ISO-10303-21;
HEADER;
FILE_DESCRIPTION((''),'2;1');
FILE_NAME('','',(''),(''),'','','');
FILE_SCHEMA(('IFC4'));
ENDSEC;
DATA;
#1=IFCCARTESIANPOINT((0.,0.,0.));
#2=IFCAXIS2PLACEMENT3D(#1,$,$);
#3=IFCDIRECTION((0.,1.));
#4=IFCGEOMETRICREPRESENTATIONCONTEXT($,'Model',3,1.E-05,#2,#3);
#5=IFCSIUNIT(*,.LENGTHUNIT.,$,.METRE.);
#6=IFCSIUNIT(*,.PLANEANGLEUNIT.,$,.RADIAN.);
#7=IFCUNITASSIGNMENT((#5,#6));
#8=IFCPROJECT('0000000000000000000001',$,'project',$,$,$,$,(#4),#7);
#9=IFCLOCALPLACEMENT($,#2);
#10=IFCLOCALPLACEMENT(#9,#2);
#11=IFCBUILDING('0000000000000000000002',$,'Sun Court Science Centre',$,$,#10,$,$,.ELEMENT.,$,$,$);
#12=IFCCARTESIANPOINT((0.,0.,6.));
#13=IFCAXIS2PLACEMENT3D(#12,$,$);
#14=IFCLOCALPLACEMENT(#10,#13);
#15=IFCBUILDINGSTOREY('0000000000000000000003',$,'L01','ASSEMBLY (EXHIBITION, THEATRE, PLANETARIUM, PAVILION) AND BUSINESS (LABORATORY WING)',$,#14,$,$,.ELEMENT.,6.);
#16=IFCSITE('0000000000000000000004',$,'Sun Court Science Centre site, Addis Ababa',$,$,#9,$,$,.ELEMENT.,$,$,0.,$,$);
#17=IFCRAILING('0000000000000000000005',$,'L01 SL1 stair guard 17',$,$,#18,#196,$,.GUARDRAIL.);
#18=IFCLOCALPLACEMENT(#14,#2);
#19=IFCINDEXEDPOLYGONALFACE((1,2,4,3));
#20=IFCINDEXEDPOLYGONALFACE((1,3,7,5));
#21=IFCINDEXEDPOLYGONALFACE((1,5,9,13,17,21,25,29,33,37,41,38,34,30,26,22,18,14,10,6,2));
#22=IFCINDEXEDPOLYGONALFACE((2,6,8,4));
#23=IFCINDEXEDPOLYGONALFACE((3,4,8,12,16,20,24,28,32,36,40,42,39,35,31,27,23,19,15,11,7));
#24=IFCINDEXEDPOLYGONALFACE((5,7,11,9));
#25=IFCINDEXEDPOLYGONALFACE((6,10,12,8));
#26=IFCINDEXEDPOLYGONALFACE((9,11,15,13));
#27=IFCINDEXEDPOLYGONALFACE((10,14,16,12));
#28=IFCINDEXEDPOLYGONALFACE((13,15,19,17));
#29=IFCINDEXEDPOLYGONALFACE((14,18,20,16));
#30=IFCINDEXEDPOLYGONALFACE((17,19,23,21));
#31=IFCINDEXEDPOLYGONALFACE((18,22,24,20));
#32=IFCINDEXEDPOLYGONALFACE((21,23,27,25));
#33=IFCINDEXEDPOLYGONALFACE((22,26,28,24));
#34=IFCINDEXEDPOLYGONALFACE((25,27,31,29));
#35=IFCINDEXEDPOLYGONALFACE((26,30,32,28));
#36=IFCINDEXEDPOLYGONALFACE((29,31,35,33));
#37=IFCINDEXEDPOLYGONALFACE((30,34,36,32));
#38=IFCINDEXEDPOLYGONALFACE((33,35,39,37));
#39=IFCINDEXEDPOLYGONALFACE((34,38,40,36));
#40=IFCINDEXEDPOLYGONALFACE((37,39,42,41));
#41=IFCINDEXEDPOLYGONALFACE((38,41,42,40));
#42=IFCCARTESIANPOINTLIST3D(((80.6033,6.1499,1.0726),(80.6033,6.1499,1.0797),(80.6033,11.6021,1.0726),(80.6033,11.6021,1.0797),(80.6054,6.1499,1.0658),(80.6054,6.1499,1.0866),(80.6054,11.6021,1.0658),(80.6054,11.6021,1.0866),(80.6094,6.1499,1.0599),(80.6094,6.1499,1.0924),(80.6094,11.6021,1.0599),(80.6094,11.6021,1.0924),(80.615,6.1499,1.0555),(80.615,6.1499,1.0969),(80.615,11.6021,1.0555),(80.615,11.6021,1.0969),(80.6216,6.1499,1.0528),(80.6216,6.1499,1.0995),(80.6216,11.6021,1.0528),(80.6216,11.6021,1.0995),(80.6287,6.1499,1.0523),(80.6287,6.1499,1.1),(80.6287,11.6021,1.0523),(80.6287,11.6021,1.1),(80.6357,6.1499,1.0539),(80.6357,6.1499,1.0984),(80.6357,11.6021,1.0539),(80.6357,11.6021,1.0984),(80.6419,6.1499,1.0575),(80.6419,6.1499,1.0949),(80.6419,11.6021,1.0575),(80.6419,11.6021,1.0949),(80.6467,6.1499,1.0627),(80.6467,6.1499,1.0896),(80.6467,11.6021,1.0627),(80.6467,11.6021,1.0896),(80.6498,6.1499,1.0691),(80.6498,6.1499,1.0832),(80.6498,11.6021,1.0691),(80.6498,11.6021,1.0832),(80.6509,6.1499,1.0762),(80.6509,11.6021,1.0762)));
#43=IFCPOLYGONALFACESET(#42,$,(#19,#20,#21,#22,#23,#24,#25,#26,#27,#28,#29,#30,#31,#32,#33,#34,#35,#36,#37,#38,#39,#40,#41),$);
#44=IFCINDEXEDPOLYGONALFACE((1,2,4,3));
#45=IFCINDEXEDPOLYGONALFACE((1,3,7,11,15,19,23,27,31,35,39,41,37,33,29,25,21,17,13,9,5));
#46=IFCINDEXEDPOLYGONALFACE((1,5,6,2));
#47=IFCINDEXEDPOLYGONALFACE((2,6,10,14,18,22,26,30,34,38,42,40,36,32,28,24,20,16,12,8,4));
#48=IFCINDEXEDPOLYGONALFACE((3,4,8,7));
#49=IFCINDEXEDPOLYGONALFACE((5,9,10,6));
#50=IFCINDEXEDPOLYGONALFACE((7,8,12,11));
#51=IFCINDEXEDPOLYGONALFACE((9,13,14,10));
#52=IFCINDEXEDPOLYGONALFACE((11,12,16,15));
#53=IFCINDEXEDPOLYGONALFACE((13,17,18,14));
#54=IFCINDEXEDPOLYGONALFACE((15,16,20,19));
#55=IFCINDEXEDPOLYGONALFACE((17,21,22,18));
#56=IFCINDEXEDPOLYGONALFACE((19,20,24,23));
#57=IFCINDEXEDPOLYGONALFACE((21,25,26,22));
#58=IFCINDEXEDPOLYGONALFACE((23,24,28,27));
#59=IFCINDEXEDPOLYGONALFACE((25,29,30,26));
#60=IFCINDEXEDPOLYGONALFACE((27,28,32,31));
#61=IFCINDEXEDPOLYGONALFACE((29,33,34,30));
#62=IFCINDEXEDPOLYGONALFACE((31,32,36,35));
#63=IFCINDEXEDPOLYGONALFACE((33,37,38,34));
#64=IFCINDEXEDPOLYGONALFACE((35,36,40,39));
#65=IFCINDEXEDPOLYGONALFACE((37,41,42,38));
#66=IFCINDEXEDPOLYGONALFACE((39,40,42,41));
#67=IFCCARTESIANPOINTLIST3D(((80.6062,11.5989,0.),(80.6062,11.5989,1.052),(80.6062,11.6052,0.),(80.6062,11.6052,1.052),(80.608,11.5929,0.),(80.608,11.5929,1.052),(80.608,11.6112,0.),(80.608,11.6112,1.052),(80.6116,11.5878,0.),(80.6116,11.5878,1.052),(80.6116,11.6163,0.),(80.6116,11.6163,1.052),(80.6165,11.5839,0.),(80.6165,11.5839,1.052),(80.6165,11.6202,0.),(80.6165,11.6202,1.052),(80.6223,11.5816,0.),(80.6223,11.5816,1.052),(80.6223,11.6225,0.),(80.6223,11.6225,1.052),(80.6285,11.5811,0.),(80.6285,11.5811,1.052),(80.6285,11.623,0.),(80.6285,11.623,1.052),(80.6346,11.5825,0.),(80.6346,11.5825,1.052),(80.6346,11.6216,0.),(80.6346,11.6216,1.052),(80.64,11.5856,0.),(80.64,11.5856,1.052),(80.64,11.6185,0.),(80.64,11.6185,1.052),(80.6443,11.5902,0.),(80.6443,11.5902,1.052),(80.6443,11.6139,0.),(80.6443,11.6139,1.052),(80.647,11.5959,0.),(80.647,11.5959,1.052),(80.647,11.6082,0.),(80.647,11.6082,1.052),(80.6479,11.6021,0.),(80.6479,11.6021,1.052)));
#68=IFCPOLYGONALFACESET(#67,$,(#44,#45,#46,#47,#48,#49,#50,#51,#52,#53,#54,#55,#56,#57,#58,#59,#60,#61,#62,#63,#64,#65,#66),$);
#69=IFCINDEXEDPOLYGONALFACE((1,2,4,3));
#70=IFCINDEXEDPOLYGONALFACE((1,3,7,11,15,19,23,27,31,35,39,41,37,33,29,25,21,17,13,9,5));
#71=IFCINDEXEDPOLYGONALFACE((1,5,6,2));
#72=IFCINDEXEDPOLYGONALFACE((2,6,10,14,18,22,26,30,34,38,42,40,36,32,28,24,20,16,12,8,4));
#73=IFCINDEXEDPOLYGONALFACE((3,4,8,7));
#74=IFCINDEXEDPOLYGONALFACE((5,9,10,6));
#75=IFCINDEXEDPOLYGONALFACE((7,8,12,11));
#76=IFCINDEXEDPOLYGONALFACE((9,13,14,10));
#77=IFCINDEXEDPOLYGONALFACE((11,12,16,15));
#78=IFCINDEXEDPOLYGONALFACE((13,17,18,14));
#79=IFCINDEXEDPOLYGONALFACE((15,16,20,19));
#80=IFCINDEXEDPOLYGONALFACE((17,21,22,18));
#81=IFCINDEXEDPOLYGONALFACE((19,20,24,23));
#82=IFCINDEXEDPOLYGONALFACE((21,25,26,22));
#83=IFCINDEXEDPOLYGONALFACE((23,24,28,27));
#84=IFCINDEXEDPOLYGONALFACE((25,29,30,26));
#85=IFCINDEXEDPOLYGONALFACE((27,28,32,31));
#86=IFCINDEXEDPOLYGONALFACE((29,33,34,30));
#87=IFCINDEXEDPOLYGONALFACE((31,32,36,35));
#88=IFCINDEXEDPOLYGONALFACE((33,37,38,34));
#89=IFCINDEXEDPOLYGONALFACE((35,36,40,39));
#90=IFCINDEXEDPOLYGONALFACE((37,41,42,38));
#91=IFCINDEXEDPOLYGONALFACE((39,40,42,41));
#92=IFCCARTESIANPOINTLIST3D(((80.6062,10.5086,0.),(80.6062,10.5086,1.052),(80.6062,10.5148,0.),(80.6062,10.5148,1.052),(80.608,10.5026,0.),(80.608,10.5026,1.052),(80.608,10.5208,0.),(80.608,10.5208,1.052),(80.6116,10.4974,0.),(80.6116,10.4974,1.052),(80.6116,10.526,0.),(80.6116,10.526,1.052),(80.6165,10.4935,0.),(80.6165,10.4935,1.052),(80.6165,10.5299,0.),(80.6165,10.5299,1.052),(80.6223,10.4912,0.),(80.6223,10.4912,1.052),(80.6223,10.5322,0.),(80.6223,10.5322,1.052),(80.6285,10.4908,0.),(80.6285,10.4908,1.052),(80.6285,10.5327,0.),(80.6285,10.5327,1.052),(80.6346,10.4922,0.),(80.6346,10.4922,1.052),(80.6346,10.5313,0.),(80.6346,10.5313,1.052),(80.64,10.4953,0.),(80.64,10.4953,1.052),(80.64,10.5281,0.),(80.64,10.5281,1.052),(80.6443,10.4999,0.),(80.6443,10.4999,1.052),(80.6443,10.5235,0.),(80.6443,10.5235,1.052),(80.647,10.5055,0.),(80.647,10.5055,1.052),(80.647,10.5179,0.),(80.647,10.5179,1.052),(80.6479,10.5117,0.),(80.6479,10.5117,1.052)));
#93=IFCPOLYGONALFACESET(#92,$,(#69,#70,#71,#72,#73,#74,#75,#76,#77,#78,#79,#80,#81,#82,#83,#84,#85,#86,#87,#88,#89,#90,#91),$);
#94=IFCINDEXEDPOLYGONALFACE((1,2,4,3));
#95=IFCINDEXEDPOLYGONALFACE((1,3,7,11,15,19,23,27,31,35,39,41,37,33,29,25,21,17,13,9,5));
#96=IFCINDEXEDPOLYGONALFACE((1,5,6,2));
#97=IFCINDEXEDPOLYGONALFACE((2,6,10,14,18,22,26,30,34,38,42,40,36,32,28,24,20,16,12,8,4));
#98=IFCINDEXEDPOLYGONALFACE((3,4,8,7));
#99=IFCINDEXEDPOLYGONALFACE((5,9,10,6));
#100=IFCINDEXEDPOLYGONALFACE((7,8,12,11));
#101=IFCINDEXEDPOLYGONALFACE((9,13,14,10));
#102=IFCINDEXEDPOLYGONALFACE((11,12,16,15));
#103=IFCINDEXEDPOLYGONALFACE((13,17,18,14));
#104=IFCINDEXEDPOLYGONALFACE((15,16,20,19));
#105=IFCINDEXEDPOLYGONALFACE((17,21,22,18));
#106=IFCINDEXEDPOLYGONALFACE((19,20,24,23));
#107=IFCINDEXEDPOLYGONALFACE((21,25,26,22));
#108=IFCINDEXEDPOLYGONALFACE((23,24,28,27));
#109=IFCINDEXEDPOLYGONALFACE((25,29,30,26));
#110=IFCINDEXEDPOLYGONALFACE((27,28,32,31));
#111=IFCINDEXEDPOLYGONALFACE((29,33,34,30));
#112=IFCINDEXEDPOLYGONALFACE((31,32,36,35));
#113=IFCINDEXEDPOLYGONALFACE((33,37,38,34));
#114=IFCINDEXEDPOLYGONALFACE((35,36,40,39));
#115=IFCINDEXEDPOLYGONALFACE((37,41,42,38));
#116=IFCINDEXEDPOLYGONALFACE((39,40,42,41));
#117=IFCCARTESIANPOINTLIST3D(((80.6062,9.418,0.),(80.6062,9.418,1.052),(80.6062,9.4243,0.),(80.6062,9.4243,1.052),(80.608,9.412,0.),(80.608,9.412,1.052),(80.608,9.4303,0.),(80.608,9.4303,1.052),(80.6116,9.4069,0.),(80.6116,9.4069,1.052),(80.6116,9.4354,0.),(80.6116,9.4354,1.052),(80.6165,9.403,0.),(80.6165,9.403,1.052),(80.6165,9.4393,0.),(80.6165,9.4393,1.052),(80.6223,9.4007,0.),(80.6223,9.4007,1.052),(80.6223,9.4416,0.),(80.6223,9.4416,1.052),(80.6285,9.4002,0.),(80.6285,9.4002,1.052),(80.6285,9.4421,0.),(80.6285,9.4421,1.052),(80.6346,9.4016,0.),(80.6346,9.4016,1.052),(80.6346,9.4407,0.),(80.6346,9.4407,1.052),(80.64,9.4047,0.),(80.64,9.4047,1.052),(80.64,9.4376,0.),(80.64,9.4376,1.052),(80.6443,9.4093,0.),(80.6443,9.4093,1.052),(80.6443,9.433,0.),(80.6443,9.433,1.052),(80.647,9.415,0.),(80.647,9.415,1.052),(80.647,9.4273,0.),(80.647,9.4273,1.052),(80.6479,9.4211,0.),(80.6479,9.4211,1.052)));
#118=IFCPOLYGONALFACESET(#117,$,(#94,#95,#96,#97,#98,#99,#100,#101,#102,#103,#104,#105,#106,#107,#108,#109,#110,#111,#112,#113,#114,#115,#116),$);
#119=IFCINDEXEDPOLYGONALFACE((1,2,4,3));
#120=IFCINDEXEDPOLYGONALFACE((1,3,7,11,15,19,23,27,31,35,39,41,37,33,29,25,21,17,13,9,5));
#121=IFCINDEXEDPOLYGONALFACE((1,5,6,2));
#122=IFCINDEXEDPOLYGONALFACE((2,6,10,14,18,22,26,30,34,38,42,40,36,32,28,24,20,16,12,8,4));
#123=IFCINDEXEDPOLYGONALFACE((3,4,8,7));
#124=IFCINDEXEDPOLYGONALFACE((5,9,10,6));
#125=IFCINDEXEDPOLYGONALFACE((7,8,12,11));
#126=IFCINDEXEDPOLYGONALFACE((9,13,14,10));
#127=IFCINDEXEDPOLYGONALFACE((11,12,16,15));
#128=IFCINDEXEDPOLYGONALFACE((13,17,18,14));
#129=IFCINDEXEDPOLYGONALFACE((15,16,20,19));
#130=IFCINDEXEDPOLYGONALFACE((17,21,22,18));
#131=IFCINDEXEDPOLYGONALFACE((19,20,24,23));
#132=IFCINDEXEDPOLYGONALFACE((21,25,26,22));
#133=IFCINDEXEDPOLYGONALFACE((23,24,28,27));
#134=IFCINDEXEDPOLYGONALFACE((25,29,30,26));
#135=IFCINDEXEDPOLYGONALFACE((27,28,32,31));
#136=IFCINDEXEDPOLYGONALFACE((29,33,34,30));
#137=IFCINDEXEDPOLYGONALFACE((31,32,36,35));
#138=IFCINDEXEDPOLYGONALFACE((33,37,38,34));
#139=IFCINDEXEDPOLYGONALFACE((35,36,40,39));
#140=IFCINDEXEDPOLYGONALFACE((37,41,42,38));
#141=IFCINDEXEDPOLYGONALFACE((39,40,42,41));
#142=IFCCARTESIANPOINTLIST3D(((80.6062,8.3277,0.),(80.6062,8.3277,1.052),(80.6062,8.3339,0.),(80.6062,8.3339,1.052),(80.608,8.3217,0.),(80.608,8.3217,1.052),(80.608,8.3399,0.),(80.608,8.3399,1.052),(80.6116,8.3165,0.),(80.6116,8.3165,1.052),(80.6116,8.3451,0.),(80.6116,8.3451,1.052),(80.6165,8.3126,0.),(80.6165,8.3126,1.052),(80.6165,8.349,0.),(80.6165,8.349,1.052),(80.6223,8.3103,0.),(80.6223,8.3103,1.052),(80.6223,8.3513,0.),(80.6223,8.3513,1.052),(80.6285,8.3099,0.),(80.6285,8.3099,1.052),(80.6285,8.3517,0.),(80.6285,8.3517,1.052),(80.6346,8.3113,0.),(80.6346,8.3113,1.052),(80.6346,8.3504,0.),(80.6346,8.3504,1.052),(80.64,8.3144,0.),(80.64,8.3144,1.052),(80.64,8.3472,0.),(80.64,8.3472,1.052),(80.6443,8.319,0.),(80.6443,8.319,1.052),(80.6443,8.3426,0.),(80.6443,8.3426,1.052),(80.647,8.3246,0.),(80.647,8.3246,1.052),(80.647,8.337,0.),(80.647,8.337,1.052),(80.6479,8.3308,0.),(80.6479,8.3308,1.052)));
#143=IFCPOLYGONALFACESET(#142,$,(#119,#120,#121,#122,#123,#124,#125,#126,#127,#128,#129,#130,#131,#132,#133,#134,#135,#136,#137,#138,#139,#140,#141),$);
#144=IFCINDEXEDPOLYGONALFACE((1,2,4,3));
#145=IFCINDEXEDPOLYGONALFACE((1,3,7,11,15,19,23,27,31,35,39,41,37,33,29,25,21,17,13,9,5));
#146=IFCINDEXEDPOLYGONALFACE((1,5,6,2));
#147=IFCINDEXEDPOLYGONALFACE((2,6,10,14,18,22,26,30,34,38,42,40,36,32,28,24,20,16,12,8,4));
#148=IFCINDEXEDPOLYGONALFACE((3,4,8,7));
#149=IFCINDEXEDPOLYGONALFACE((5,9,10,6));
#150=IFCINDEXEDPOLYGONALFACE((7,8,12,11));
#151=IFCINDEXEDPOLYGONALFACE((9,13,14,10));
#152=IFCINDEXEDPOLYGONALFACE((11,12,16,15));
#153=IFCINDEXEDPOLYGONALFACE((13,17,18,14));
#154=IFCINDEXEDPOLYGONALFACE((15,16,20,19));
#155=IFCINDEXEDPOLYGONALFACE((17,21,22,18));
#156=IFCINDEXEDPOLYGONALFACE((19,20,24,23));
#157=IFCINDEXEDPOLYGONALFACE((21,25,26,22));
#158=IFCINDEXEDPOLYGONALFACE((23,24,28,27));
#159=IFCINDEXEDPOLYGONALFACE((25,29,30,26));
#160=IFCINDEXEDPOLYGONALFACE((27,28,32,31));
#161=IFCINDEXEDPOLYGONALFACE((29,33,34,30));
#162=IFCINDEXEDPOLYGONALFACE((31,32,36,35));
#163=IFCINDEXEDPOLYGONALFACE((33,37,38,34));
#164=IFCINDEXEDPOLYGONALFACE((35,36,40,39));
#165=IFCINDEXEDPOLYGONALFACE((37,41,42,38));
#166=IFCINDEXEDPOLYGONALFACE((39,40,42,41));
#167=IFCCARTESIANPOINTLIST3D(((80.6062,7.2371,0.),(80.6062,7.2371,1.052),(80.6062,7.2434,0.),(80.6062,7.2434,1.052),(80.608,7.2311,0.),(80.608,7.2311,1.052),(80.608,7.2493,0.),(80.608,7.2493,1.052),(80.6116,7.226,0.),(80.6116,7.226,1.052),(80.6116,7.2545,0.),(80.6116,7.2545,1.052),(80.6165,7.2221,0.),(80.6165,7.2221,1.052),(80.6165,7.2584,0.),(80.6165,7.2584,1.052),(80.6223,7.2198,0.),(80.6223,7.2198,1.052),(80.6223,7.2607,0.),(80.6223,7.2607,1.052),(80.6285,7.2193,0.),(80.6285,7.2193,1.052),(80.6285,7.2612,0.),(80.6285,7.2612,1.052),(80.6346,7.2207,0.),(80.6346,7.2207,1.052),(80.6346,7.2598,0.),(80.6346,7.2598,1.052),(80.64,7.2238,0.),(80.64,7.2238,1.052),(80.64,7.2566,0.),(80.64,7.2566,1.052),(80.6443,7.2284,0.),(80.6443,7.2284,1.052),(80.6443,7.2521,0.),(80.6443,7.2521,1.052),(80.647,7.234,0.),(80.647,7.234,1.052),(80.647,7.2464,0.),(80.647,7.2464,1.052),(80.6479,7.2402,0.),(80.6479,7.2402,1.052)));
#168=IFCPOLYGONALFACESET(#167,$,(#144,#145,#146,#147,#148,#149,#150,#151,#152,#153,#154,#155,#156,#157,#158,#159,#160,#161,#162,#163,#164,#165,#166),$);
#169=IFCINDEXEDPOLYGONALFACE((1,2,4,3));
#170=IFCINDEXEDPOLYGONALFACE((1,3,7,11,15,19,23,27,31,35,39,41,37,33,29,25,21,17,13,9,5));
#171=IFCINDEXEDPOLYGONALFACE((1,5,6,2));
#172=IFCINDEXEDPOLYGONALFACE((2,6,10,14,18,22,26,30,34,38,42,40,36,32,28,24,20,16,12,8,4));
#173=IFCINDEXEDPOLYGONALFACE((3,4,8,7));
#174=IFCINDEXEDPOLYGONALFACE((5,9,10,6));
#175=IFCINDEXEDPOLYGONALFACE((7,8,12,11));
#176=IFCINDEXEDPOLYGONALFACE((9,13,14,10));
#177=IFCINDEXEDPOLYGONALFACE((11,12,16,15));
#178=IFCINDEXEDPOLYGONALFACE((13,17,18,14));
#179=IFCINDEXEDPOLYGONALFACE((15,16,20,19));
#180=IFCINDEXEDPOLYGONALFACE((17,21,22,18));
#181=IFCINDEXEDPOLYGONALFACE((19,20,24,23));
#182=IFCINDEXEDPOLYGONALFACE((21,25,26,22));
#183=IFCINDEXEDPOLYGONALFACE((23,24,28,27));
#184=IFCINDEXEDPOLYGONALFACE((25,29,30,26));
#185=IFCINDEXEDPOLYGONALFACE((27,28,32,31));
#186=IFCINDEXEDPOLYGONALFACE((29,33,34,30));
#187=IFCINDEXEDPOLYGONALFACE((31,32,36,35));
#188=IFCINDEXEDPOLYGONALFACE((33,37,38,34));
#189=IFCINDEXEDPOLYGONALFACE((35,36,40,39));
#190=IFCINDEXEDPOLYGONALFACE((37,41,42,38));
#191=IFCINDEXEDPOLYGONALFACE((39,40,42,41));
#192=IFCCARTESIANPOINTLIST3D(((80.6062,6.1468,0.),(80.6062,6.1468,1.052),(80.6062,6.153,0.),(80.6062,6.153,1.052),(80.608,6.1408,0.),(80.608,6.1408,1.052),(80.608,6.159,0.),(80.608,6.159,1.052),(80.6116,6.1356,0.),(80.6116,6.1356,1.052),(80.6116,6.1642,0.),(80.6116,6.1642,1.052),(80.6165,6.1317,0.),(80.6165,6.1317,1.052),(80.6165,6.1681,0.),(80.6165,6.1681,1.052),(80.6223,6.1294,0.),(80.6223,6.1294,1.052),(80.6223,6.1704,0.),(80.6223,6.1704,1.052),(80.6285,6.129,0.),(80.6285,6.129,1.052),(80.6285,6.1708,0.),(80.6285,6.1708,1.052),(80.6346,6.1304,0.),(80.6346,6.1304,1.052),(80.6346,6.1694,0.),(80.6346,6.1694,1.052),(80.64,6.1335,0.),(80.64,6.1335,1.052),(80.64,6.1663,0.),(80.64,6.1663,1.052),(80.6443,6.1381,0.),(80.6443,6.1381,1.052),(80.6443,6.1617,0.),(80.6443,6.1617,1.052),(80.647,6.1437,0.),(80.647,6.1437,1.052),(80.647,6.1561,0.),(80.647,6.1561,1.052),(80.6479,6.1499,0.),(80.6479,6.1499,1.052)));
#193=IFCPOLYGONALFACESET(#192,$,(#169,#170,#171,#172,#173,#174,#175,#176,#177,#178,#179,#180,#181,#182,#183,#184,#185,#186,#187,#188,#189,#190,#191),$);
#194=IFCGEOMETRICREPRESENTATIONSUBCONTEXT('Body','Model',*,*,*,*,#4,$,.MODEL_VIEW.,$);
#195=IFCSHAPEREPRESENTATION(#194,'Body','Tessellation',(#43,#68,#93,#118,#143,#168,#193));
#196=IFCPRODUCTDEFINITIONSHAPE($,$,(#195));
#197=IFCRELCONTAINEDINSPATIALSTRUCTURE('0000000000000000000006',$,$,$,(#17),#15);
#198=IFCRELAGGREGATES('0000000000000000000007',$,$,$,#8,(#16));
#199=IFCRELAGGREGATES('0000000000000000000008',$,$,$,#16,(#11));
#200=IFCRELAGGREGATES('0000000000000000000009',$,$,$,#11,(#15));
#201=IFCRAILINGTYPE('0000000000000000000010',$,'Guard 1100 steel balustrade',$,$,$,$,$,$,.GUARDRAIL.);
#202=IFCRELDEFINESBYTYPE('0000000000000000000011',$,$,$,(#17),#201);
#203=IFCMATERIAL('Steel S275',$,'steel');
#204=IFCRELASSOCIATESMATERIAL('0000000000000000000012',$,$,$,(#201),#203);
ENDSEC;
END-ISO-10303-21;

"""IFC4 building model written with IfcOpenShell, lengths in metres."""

from ifc_helpers import new_model, si_unit, direction, frame, origin, origin_2d, place, context, subcontext, project, spatial, circle, extrude, material, type_object, element, save


model = new_model("IFC4")

# Units and contexts
model_context = context("Model", 3, precision=1e-05, world=origin(), true_north=direction((0.0, 1.0)))
body_context = subcontext(model_context, "Body", "Model", "MODEL_VIEW")
ifc_project = project(units=[si_unit("LENGTHUNIT", "METRE"), si_unit("PLANEANGLEUNIT", "RADIAN")], contexts=[model_context])

# Site, building, storey
site_placement = place(None, origin())
site = spatial("IfcSite", under=ifc_project, at=site_placement, Name="Sun Court Science Centre site, Addis Ababa", CompositionType="ELEMENT", RefElevation=0.0)
building_placement = place(site_placement, origin())
building = spatial("IfcBuilding", under=site, at=building_placement, Name="Sun Court Science Centre", CompositionType="ELEMENT")
storey_placement = place(building_placement, frame((0.0, 0.0, 6.0)))
storey = spatial("IfcBuildingStorey", under=building, at=storey_placement, Name="L01", Description="ASSEMBLY (EXHIBITION, THEATRE, PLANETARIUM, PAVILION) AND BUSINESS (LABORATORY WING)", CompositionType="ELEMENT", Elevation=6.0)

# Railing
ifc_material_1 = material(Name="Steel S275", Category="steel")
railing_type_1 = type_object("IfcRailingType", Name="Guard 1100 steel balustrade", PredefinedType="GUARDRAIL", material=ifc_material_1)
railing_1_placement = place(storey_placement, frame((80.627, 11.6021, 0.0)))
element("IfcRailing", 1, at=railing_1_placement, inside=storey, type_object=railing_type_1, Name="L01 SL1 stair guard 17", PredefinedType="GUARDRAIL", context=body_context, shape_type="SweptSolid", body=[
    extrude(circle(Radius=0.0239, at=origin_2d()), frame((0.0, 0.0, 1.0762), z_axis=(0.0, -1.0, 0.0), x_axis=(1.0, 0.0, 0.0)), (0.0, 0.0, 1.0), 5.4521),
    extrude(circle(Radius=0.021, at=origin_2d()), origin(), (0.0, 0.0, 1.0), 1.052),
    extrude(circle(Radius=0.021, at=origin_2d()), frame((0.0, -1.0903, 0.0)), (0.0, 0.0, 1.0), 1.052),
    extrude(circle(Radius=0.021, at=origin_2d()), frame((0.0, -2.1809, 0.0)), (0.0, 0.0, 1.0), 1.052),
    extrude(circle(Radius=0.021, at=origin_2d()), frame((0.0, -3.2712, 0.0)), (0.0, 0.0, 1.0), 1.052),
    extrude(circle(Radius=0.021, at=origin_2d()), frame((0.0, -4.3618, 0.0)), (0.0, 0.0, 1.0), 1.052),
    extrude(circle(Radius=0.021, at=origin_2d()), frame((0.0, -5.4521, 0.0)), (0.0, 0.0, 1.0), 1.052),
])

save(model, "model.ifc")
